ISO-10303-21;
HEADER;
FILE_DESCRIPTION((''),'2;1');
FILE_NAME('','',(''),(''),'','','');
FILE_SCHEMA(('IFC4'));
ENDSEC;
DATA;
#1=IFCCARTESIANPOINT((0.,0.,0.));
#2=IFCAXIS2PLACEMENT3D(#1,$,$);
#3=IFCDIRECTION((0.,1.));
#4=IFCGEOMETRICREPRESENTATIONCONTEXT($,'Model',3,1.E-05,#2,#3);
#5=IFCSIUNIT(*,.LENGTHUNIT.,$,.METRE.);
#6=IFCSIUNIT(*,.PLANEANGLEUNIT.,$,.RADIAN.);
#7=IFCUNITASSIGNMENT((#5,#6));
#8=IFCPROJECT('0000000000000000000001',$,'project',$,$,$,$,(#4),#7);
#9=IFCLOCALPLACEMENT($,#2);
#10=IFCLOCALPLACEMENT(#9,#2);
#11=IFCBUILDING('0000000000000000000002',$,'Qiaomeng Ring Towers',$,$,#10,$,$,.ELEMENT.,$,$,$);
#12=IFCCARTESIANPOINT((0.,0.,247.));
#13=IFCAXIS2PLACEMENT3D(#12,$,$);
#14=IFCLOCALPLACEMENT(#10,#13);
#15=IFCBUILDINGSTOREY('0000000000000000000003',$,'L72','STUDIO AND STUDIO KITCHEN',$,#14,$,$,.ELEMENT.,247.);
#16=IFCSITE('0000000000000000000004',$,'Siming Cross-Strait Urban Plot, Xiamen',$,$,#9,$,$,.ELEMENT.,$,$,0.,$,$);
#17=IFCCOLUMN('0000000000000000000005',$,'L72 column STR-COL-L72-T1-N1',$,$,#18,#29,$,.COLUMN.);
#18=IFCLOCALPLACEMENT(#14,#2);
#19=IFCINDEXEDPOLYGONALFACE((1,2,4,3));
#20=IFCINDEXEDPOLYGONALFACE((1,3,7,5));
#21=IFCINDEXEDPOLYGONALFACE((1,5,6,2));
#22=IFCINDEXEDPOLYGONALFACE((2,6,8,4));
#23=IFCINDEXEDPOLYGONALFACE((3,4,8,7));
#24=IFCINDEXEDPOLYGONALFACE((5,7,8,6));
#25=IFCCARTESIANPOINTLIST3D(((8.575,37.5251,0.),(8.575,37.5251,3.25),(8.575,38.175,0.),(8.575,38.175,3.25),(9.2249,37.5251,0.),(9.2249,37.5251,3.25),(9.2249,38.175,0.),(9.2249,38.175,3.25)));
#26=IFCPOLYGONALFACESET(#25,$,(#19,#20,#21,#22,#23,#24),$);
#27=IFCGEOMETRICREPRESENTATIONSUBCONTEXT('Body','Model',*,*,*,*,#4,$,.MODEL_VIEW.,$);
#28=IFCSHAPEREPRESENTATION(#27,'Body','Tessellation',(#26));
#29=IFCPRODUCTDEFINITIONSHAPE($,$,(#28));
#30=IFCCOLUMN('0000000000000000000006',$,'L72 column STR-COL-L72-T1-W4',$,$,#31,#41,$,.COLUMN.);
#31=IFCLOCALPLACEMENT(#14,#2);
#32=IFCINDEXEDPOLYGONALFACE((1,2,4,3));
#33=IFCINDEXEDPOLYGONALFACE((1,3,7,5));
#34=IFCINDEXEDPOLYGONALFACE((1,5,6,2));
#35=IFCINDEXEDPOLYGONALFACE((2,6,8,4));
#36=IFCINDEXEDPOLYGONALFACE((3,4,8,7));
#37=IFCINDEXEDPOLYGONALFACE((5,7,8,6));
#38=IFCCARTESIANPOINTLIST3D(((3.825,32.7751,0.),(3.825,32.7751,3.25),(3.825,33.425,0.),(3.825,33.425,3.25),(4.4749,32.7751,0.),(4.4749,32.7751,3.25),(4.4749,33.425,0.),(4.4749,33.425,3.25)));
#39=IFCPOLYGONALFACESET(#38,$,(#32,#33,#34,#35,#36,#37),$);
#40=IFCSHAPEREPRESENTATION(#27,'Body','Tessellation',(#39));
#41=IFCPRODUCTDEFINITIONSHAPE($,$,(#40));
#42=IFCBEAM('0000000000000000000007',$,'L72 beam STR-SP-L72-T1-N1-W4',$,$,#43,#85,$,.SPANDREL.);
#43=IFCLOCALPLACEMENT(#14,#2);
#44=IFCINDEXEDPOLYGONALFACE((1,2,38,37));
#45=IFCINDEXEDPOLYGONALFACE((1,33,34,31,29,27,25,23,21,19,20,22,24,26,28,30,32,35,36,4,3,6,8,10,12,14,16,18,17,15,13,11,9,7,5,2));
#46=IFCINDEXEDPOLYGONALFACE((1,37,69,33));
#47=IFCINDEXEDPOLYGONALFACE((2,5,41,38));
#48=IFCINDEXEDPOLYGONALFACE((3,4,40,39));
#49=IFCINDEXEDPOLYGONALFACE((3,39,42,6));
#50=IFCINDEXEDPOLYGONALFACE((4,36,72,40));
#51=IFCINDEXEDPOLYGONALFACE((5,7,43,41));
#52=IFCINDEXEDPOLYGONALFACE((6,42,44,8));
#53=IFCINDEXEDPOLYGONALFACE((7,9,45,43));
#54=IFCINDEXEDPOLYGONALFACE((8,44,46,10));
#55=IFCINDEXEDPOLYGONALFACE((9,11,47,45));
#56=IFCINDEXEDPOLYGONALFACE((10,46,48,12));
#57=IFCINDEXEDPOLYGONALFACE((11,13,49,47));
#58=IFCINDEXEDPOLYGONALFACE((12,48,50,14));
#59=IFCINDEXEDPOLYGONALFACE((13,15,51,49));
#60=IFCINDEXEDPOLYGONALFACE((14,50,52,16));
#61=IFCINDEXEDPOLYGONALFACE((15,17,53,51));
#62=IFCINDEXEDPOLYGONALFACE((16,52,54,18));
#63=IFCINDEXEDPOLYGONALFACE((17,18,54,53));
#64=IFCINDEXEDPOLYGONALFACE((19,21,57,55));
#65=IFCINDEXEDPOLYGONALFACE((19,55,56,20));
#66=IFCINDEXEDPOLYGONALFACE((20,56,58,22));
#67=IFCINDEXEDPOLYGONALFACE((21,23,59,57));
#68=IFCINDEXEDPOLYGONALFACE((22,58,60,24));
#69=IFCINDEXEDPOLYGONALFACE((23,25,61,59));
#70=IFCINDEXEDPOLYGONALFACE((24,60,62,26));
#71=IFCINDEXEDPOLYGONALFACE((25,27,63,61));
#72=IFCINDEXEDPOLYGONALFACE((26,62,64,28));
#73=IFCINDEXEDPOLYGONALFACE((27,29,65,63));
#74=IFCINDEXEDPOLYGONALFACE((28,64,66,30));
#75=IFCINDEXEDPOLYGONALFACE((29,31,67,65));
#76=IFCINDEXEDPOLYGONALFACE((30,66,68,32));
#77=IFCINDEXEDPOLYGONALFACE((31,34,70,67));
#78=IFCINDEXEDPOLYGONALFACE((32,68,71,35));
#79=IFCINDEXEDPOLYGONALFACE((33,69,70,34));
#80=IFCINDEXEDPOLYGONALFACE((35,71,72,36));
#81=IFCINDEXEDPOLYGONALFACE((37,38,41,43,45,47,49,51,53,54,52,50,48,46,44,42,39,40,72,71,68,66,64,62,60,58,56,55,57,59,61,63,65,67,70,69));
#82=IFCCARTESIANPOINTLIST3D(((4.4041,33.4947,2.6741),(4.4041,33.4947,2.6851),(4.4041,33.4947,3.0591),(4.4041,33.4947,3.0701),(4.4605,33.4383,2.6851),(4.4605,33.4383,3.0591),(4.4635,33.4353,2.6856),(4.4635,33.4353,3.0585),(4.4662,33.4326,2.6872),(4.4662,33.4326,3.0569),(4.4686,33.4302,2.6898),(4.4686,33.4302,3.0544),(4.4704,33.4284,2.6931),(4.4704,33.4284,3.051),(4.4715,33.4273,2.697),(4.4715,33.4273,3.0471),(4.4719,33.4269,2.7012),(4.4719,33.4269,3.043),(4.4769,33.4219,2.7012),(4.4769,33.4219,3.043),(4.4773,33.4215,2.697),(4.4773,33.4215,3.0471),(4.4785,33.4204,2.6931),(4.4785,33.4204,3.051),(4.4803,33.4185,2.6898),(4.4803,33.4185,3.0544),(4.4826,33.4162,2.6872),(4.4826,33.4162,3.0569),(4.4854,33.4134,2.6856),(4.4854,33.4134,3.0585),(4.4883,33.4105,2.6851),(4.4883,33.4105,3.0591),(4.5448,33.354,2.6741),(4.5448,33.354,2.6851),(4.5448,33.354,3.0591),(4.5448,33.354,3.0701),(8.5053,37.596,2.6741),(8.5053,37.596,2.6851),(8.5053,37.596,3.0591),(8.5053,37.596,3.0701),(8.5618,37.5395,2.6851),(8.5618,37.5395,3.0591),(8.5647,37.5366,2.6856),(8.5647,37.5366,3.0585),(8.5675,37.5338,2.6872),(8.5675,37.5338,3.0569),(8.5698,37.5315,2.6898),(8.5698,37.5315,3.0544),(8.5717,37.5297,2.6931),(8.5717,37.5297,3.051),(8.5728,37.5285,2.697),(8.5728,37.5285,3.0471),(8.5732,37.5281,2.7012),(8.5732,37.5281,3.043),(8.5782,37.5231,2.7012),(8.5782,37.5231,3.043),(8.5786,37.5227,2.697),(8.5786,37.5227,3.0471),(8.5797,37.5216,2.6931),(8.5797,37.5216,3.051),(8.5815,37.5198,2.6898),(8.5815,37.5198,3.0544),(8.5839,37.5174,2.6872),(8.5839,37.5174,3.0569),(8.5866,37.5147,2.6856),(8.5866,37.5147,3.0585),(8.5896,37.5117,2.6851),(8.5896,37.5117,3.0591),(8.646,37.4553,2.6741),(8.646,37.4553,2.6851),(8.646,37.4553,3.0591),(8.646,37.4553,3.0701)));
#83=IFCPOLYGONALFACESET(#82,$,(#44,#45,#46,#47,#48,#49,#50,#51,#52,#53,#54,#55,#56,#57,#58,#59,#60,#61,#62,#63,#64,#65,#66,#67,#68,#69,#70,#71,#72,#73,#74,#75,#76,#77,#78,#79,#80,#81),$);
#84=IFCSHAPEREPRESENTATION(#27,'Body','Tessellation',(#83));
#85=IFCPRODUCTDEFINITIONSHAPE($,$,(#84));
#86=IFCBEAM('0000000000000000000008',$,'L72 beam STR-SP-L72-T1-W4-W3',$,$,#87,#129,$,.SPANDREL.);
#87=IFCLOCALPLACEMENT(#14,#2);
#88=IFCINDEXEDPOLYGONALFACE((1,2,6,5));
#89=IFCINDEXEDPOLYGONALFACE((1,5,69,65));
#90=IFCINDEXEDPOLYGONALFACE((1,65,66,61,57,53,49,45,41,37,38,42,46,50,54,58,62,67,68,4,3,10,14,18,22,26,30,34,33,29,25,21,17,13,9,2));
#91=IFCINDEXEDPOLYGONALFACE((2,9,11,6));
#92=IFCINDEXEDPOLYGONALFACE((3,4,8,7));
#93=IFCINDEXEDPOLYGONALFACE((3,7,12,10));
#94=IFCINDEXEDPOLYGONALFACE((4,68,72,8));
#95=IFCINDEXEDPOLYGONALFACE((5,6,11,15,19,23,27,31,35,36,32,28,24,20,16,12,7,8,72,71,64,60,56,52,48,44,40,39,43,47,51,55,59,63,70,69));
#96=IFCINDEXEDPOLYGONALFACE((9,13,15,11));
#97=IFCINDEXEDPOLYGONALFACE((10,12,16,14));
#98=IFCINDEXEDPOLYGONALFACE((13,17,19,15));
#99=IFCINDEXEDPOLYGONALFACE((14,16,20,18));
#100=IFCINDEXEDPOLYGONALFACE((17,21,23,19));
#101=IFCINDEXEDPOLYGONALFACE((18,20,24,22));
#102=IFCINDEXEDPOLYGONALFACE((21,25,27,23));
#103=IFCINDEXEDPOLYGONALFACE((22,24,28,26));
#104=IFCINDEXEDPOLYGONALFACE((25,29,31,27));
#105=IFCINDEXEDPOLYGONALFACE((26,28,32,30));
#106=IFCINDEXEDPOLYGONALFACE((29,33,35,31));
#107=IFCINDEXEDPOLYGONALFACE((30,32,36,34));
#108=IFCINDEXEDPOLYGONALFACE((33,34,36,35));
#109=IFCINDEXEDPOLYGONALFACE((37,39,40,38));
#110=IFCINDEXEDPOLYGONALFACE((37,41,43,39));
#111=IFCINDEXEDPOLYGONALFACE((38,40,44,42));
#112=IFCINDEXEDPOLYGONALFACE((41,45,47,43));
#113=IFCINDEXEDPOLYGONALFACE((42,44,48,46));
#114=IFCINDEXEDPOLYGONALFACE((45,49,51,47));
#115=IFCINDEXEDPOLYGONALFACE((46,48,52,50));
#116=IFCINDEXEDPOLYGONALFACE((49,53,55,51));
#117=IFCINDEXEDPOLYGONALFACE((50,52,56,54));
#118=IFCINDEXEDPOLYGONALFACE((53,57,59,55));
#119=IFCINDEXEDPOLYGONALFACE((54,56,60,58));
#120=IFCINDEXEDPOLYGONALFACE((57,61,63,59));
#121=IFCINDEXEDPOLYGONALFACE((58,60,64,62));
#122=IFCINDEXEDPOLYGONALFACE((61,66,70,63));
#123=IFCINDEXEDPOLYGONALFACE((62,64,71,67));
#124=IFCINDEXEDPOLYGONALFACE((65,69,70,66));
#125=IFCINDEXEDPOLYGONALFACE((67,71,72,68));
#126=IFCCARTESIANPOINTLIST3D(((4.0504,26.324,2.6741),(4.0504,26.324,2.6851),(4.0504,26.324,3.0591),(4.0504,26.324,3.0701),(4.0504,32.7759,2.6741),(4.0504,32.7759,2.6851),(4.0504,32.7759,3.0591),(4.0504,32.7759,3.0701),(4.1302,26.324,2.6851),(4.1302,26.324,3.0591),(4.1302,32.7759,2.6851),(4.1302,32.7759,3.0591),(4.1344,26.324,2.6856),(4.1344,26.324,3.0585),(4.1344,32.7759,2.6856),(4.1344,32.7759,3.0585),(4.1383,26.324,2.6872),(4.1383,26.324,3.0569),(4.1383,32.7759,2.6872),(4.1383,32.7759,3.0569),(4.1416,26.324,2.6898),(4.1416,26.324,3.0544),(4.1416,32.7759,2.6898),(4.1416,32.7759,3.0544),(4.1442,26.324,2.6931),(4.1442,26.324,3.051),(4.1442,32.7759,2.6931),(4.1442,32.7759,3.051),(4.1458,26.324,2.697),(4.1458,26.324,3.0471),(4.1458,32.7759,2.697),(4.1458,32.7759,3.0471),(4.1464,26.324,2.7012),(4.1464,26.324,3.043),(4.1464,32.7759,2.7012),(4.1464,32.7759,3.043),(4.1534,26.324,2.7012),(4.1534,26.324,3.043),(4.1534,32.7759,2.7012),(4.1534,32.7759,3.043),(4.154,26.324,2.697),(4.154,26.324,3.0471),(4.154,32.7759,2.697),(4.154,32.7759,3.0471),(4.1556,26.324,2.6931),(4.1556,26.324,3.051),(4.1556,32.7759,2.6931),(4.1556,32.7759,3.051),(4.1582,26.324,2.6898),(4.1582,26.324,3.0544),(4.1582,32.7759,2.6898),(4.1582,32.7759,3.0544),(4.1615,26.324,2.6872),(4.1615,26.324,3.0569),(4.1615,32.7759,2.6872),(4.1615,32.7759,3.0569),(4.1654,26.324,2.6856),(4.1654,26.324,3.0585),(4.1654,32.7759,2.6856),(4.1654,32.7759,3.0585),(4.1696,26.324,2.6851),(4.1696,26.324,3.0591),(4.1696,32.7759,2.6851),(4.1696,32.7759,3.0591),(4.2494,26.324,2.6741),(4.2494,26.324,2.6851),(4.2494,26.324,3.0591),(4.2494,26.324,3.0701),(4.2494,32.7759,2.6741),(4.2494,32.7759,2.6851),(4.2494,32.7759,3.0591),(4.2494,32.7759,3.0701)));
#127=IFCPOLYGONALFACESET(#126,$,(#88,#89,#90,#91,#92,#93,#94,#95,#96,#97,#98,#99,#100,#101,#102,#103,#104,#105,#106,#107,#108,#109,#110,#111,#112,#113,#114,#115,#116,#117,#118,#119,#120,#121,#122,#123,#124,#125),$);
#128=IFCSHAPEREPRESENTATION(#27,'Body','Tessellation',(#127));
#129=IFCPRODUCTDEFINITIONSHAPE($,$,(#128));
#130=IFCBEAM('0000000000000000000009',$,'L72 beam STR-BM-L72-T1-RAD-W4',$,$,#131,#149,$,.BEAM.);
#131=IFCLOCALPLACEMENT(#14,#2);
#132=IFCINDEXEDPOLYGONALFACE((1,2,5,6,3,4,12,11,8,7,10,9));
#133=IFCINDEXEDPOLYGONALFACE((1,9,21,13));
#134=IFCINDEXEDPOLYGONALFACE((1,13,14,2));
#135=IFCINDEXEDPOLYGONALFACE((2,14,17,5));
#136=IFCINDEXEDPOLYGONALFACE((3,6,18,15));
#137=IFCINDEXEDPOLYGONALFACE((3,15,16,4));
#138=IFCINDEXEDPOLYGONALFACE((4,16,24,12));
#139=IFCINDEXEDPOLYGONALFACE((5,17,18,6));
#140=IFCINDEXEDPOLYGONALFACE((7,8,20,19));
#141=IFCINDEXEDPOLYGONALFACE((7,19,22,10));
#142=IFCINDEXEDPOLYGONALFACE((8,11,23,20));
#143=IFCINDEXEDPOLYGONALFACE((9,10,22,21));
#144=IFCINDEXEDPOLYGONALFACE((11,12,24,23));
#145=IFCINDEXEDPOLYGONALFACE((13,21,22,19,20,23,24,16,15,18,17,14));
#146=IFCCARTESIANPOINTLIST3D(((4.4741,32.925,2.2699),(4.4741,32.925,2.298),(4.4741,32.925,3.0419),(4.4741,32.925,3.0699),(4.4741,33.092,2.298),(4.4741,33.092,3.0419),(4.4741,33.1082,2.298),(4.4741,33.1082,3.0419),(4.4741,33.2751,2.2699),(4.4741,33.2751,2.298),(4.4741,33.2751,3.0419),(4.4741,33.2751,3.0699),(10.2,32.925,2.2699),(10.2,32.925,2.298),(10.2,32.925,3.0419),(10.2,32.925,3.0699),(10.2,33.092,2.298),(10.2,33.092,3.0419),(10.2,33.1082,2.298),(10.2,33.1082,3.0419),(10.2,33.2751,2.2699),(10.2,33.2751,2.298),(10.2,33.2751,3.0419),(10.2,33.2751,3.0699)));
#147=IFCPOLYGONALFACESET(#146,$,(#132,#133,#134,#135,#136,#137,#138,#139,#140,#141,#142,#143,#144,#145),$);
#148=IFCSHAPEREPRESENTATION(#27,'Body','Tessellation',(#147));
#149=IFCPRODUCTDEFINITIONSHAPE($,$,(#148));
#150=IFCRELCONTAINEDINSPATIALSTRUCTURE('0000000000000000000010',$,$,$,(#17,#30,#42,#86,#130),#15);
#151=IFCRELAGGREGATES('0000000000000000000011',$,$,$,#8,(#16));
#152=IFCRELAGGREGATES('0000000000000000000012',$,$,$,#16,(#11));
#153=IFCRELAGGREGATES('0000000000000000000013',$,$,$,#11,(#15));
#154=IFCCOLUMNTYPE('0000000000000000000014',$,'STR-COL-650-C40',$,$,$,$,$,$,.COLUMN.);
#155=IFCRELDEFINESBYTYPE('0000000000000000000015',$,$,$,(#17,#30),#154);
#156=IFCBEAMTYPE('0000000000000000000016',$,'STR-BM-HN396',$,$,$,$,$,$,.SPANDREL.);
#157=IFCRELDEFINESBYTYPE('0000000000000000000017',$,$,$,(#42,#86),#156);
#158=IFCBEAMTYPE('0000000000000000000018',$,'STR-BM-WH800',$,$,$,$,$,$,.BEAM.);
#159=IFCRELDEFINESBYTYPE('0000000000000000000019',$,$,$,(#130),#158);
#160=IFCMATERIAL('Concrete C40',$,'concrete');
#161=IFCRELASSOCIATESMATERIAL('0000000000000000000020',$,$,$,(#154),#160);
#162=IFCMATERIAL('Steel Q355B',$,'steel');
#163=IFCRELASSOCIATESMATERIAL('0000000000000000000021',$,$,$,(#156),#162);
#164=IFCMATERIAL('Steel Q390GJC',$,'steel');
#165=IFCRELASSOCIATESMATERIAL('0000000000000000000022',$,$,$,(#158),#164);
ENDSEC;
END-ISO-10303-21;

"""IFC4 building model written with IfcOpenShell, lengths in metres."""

from ifc_helpers import new_model, si_unit, direction, frame, origin, origin_2d, place, context, subcontext, project, spatial, rectangle, i_section, extrude, source, transform, mapped, material, material_profile, profile_set, type_object, element, save


model = new_model("IFC4")

# Units and contexts
model_context = context("Model", 3, precision=1e-05, world=origin(), true_north=direction((0.0, 1.0)))
body_context = subcontext(model_context, "Body", "Model", "MODEL_VIEW")
ifc_project = project(units=[si_unit("LENGTHUNIT", "METRE"), si_unit("PLANEANGLEUNIT", "RADIAN")], contexts=[model_context])

# Site, building, storey
site_placement = place(None, origin())
site = spatial("IfcSite", under=ifc_project, at=site_placement, Name="Siming Cross-Strait Urban Plot, Xiamen", CompositionType="ELEMENT", RefElevation=0.0)
building_placement = place(site_placement, origin())
building = spatial("IfcBuilding", under=site, at=building_placement, Name="Qiaomeng Ring Towers", CompositionType="ELEMENT")
storey_placement = place(building_placement, frame((0.0, 0.0, 247.0)))
storey = spatial("IfcBuildingStorey", under=building, at=storey_placement, Name="L72", Description="STUDIO AND STUDIO KITCHEN", CompositionType="ELEMENT", Elevation=247.0)

# Columns
ifc_material_1 = material(Name="Concrete C40", Category="concrete")
ifc_material_profile_1 = material_profile(ifc_material_1, rectangle(XDim=0.6499, YDim=0.6499, at=origin_2d()), Name="RC COL 650x650")
ifc_profile_set_1 = profile_set([ifc_material_profile_1], Name="Concrete C40")
column_type = type_object("IfcColumnType", Name="STR-COL-650-C40", PredefinedType="COLUMN", material=ifc_profile_set_1)
shared_shape_1 = source(origin(), body_context, "Body", "SweptSolid", [
    extrude(rectangle(XDim=0.6499, YDim=0.6499, at=origin_2d()), origin(), (0.0, 0.0, 1.0), 3.25),
])
for number, where, z_axis, x_axis, name in (
    (1, (8.8999, 37.8501, 0.0), (0.0, 0.0, 1.0), (1.0, 0.0, 0.0), "L72 column STR-COL-L72-T1-N1"),
    (2, (4.1499, 33.1001, 0.0), (0.0, 0.0, 1.0), (1.0, 0.0, 0.0), "L72 column STR-COL-L72-T1-W4"),
):
    element("IfcColumn", number, at=place(storey_placement, frame(where, z_axis=z_axis, x_axis=x_axis)), inside=storey, type_object=column_type, Name=name, PredefinedType="COLUMN", context=body_context, shape_type="MappedRepresentation", body=[
        mapped(shared_shape_1, transform((0.0, 0.0, 0.0), x_axis=(1.0, 0.0, 0.0), y_axis=(0.0, 1.0, 0.0), z_axis=(0.0, 0.0, 1.0), scale=1.0)),
    ])

# Beams
ifc_material_2 = material(Name="Steel Q355B", Category="steel")
ifc_material_profile_2 = material_profile(ifc_material_2, i_section(OverallWidth=0.199, OverallDepth=0.396, WebThickness=0.0071, FlangeThickness=0.011, FilletRadius=0.0161, at=origin_2d()), Name="HN 396x199x7x11")
ifc_profile_set_2 = profile_set([ifc_material_profile_2], Name="Steel Q355B")
beam_type_1 = type_object("IfcBeamType", Name="STR-BM-HN396", PredefinedType="SPANDREL", material=ifc_profile_set_2)
shared_shape_2 = source(origin(), body_context, "Body", "SweptSolid", [
    extrude(i_section(OverallWidth=0.199, OverallDepth=0.396, WebThickness=0.0071, FlangeThickness=0.011, FilletRadius=0.0161, at=origin_2d()), origin(), (0.0, 0.0, 1.0), 5.8),
])
beam_1_placement = place(storey_placement, frame((8.5757, 37.5256, 2.8721), z_axis=(-0.707107, -0.707107, 0.0), x_axis=(0.707107, -0.707107, 0.0)))
element("IfcBeam", 3, at=beam_1_placement, inside=storey, type_object=beam_type_1, Name="L72 beam STR-SP-L72-T1-N1-W4", PredefinedType="SPANDREL", context=body_context, shape_type="MappedRepresentation", body=[
    mapped(shared_shape_2, transform((0.0, 0.0, 0.0), x_axis=(1.0, 0.0, 0.0), y_axis=(0.0, 1.0, 0.0), z_axis=(0.0, 0.0, 1.0), scale=1.0)),
])
shared_shape_3 = source(origin(), body_context, "Body", "SweptSolid", [
    extrude(i_section(OverallWidth=0.199, OverallDepth=0.396, WebThickness=0.0071, FlangeThickness=0.011, FilletRadius=0.0161, at=origin_2d()), origin(), (0.0, 0.0, 1.0), 6.4519),
])
beam_2_placement = place(storey_placement, frame((4.1499, 32.7759, 2.8721), z_axis=(0.0, -1.0, 0.0), x_axis=(1.0, 0.0, 0.0)))
element("IfcBeam", 4, at=beam_2_placement, inside=storey, type_object=beam_type_1, Name="L72 beam STR-SP-L72-T1-W4-W3", PredefinedType="SPANDREL", context=body_context, shape_type="MappedRepresentation", body=[
    mapped(shared_shape_3, transform((0.0, 0.0, 0.0), x_axis=(1.0, 0.0, 0.0), y_axis=(0.0, 1.0, 0.0), z_axis=(0.0, 0.0, 1.0), scale=1.0)),
])
ifc_material_3 = material(Name="Steel Q390GJC", Category="steel")
ifc_material_profile_3 = material_profile(ifc_material_3, i_section(OverallWidth=0.3501, OverallDepth=0.8, WebThickness=0.0161, FlangeThickness=0.0281, at=origin_2d()), Name="WH 800x350x16x28")
ifc_profile_set_3 = profile_set([ifc_material_profile_3], Name="Steel Q390GJC")
beam_type_2 = type_object("IfcBeamType", Name="STR-BM-WH800", PredefinedType="BEAM", material=ifc_profile_set_3)
shared_shape_4 = source(origin(), body_context, "Body", "SweptSolid", [
    extrude(i_section(OverallWidth=0.3501, OverallDepth=0.8, WebThickness=0.0161, FlangeThickness=0.0281, at=origin_2d()), origin(), (0.0, 0.0, 1.0), 5.7258),
])
beam_3_placement = place(storey_placement, frame((4.4741, 33.1001, 2.6699), z_axis=(1.0, 0.0, 0.0), x_axis=(0.0, 1.0, 0.0)))
element("IfcBeam", 5, at=beam_3_placement, inside=storey, type_object=beam_type_2, Name="L72 beam STR-BM-L72-T1-RAD-W4", PredefinedType="BEAM", context=body_context, shape_type="MappedRepresentation", body=[
    mapped(shared_shape_4, transform((0.0, 0.0, 0.0), x_axis=(1.0, 0.0, 0.0), y_axis=(0.0, 1.0, 0.0), z_axis=(0.0, 0.0, 1.0), scale=1.0)),
])

save(model, "model.ifc")
